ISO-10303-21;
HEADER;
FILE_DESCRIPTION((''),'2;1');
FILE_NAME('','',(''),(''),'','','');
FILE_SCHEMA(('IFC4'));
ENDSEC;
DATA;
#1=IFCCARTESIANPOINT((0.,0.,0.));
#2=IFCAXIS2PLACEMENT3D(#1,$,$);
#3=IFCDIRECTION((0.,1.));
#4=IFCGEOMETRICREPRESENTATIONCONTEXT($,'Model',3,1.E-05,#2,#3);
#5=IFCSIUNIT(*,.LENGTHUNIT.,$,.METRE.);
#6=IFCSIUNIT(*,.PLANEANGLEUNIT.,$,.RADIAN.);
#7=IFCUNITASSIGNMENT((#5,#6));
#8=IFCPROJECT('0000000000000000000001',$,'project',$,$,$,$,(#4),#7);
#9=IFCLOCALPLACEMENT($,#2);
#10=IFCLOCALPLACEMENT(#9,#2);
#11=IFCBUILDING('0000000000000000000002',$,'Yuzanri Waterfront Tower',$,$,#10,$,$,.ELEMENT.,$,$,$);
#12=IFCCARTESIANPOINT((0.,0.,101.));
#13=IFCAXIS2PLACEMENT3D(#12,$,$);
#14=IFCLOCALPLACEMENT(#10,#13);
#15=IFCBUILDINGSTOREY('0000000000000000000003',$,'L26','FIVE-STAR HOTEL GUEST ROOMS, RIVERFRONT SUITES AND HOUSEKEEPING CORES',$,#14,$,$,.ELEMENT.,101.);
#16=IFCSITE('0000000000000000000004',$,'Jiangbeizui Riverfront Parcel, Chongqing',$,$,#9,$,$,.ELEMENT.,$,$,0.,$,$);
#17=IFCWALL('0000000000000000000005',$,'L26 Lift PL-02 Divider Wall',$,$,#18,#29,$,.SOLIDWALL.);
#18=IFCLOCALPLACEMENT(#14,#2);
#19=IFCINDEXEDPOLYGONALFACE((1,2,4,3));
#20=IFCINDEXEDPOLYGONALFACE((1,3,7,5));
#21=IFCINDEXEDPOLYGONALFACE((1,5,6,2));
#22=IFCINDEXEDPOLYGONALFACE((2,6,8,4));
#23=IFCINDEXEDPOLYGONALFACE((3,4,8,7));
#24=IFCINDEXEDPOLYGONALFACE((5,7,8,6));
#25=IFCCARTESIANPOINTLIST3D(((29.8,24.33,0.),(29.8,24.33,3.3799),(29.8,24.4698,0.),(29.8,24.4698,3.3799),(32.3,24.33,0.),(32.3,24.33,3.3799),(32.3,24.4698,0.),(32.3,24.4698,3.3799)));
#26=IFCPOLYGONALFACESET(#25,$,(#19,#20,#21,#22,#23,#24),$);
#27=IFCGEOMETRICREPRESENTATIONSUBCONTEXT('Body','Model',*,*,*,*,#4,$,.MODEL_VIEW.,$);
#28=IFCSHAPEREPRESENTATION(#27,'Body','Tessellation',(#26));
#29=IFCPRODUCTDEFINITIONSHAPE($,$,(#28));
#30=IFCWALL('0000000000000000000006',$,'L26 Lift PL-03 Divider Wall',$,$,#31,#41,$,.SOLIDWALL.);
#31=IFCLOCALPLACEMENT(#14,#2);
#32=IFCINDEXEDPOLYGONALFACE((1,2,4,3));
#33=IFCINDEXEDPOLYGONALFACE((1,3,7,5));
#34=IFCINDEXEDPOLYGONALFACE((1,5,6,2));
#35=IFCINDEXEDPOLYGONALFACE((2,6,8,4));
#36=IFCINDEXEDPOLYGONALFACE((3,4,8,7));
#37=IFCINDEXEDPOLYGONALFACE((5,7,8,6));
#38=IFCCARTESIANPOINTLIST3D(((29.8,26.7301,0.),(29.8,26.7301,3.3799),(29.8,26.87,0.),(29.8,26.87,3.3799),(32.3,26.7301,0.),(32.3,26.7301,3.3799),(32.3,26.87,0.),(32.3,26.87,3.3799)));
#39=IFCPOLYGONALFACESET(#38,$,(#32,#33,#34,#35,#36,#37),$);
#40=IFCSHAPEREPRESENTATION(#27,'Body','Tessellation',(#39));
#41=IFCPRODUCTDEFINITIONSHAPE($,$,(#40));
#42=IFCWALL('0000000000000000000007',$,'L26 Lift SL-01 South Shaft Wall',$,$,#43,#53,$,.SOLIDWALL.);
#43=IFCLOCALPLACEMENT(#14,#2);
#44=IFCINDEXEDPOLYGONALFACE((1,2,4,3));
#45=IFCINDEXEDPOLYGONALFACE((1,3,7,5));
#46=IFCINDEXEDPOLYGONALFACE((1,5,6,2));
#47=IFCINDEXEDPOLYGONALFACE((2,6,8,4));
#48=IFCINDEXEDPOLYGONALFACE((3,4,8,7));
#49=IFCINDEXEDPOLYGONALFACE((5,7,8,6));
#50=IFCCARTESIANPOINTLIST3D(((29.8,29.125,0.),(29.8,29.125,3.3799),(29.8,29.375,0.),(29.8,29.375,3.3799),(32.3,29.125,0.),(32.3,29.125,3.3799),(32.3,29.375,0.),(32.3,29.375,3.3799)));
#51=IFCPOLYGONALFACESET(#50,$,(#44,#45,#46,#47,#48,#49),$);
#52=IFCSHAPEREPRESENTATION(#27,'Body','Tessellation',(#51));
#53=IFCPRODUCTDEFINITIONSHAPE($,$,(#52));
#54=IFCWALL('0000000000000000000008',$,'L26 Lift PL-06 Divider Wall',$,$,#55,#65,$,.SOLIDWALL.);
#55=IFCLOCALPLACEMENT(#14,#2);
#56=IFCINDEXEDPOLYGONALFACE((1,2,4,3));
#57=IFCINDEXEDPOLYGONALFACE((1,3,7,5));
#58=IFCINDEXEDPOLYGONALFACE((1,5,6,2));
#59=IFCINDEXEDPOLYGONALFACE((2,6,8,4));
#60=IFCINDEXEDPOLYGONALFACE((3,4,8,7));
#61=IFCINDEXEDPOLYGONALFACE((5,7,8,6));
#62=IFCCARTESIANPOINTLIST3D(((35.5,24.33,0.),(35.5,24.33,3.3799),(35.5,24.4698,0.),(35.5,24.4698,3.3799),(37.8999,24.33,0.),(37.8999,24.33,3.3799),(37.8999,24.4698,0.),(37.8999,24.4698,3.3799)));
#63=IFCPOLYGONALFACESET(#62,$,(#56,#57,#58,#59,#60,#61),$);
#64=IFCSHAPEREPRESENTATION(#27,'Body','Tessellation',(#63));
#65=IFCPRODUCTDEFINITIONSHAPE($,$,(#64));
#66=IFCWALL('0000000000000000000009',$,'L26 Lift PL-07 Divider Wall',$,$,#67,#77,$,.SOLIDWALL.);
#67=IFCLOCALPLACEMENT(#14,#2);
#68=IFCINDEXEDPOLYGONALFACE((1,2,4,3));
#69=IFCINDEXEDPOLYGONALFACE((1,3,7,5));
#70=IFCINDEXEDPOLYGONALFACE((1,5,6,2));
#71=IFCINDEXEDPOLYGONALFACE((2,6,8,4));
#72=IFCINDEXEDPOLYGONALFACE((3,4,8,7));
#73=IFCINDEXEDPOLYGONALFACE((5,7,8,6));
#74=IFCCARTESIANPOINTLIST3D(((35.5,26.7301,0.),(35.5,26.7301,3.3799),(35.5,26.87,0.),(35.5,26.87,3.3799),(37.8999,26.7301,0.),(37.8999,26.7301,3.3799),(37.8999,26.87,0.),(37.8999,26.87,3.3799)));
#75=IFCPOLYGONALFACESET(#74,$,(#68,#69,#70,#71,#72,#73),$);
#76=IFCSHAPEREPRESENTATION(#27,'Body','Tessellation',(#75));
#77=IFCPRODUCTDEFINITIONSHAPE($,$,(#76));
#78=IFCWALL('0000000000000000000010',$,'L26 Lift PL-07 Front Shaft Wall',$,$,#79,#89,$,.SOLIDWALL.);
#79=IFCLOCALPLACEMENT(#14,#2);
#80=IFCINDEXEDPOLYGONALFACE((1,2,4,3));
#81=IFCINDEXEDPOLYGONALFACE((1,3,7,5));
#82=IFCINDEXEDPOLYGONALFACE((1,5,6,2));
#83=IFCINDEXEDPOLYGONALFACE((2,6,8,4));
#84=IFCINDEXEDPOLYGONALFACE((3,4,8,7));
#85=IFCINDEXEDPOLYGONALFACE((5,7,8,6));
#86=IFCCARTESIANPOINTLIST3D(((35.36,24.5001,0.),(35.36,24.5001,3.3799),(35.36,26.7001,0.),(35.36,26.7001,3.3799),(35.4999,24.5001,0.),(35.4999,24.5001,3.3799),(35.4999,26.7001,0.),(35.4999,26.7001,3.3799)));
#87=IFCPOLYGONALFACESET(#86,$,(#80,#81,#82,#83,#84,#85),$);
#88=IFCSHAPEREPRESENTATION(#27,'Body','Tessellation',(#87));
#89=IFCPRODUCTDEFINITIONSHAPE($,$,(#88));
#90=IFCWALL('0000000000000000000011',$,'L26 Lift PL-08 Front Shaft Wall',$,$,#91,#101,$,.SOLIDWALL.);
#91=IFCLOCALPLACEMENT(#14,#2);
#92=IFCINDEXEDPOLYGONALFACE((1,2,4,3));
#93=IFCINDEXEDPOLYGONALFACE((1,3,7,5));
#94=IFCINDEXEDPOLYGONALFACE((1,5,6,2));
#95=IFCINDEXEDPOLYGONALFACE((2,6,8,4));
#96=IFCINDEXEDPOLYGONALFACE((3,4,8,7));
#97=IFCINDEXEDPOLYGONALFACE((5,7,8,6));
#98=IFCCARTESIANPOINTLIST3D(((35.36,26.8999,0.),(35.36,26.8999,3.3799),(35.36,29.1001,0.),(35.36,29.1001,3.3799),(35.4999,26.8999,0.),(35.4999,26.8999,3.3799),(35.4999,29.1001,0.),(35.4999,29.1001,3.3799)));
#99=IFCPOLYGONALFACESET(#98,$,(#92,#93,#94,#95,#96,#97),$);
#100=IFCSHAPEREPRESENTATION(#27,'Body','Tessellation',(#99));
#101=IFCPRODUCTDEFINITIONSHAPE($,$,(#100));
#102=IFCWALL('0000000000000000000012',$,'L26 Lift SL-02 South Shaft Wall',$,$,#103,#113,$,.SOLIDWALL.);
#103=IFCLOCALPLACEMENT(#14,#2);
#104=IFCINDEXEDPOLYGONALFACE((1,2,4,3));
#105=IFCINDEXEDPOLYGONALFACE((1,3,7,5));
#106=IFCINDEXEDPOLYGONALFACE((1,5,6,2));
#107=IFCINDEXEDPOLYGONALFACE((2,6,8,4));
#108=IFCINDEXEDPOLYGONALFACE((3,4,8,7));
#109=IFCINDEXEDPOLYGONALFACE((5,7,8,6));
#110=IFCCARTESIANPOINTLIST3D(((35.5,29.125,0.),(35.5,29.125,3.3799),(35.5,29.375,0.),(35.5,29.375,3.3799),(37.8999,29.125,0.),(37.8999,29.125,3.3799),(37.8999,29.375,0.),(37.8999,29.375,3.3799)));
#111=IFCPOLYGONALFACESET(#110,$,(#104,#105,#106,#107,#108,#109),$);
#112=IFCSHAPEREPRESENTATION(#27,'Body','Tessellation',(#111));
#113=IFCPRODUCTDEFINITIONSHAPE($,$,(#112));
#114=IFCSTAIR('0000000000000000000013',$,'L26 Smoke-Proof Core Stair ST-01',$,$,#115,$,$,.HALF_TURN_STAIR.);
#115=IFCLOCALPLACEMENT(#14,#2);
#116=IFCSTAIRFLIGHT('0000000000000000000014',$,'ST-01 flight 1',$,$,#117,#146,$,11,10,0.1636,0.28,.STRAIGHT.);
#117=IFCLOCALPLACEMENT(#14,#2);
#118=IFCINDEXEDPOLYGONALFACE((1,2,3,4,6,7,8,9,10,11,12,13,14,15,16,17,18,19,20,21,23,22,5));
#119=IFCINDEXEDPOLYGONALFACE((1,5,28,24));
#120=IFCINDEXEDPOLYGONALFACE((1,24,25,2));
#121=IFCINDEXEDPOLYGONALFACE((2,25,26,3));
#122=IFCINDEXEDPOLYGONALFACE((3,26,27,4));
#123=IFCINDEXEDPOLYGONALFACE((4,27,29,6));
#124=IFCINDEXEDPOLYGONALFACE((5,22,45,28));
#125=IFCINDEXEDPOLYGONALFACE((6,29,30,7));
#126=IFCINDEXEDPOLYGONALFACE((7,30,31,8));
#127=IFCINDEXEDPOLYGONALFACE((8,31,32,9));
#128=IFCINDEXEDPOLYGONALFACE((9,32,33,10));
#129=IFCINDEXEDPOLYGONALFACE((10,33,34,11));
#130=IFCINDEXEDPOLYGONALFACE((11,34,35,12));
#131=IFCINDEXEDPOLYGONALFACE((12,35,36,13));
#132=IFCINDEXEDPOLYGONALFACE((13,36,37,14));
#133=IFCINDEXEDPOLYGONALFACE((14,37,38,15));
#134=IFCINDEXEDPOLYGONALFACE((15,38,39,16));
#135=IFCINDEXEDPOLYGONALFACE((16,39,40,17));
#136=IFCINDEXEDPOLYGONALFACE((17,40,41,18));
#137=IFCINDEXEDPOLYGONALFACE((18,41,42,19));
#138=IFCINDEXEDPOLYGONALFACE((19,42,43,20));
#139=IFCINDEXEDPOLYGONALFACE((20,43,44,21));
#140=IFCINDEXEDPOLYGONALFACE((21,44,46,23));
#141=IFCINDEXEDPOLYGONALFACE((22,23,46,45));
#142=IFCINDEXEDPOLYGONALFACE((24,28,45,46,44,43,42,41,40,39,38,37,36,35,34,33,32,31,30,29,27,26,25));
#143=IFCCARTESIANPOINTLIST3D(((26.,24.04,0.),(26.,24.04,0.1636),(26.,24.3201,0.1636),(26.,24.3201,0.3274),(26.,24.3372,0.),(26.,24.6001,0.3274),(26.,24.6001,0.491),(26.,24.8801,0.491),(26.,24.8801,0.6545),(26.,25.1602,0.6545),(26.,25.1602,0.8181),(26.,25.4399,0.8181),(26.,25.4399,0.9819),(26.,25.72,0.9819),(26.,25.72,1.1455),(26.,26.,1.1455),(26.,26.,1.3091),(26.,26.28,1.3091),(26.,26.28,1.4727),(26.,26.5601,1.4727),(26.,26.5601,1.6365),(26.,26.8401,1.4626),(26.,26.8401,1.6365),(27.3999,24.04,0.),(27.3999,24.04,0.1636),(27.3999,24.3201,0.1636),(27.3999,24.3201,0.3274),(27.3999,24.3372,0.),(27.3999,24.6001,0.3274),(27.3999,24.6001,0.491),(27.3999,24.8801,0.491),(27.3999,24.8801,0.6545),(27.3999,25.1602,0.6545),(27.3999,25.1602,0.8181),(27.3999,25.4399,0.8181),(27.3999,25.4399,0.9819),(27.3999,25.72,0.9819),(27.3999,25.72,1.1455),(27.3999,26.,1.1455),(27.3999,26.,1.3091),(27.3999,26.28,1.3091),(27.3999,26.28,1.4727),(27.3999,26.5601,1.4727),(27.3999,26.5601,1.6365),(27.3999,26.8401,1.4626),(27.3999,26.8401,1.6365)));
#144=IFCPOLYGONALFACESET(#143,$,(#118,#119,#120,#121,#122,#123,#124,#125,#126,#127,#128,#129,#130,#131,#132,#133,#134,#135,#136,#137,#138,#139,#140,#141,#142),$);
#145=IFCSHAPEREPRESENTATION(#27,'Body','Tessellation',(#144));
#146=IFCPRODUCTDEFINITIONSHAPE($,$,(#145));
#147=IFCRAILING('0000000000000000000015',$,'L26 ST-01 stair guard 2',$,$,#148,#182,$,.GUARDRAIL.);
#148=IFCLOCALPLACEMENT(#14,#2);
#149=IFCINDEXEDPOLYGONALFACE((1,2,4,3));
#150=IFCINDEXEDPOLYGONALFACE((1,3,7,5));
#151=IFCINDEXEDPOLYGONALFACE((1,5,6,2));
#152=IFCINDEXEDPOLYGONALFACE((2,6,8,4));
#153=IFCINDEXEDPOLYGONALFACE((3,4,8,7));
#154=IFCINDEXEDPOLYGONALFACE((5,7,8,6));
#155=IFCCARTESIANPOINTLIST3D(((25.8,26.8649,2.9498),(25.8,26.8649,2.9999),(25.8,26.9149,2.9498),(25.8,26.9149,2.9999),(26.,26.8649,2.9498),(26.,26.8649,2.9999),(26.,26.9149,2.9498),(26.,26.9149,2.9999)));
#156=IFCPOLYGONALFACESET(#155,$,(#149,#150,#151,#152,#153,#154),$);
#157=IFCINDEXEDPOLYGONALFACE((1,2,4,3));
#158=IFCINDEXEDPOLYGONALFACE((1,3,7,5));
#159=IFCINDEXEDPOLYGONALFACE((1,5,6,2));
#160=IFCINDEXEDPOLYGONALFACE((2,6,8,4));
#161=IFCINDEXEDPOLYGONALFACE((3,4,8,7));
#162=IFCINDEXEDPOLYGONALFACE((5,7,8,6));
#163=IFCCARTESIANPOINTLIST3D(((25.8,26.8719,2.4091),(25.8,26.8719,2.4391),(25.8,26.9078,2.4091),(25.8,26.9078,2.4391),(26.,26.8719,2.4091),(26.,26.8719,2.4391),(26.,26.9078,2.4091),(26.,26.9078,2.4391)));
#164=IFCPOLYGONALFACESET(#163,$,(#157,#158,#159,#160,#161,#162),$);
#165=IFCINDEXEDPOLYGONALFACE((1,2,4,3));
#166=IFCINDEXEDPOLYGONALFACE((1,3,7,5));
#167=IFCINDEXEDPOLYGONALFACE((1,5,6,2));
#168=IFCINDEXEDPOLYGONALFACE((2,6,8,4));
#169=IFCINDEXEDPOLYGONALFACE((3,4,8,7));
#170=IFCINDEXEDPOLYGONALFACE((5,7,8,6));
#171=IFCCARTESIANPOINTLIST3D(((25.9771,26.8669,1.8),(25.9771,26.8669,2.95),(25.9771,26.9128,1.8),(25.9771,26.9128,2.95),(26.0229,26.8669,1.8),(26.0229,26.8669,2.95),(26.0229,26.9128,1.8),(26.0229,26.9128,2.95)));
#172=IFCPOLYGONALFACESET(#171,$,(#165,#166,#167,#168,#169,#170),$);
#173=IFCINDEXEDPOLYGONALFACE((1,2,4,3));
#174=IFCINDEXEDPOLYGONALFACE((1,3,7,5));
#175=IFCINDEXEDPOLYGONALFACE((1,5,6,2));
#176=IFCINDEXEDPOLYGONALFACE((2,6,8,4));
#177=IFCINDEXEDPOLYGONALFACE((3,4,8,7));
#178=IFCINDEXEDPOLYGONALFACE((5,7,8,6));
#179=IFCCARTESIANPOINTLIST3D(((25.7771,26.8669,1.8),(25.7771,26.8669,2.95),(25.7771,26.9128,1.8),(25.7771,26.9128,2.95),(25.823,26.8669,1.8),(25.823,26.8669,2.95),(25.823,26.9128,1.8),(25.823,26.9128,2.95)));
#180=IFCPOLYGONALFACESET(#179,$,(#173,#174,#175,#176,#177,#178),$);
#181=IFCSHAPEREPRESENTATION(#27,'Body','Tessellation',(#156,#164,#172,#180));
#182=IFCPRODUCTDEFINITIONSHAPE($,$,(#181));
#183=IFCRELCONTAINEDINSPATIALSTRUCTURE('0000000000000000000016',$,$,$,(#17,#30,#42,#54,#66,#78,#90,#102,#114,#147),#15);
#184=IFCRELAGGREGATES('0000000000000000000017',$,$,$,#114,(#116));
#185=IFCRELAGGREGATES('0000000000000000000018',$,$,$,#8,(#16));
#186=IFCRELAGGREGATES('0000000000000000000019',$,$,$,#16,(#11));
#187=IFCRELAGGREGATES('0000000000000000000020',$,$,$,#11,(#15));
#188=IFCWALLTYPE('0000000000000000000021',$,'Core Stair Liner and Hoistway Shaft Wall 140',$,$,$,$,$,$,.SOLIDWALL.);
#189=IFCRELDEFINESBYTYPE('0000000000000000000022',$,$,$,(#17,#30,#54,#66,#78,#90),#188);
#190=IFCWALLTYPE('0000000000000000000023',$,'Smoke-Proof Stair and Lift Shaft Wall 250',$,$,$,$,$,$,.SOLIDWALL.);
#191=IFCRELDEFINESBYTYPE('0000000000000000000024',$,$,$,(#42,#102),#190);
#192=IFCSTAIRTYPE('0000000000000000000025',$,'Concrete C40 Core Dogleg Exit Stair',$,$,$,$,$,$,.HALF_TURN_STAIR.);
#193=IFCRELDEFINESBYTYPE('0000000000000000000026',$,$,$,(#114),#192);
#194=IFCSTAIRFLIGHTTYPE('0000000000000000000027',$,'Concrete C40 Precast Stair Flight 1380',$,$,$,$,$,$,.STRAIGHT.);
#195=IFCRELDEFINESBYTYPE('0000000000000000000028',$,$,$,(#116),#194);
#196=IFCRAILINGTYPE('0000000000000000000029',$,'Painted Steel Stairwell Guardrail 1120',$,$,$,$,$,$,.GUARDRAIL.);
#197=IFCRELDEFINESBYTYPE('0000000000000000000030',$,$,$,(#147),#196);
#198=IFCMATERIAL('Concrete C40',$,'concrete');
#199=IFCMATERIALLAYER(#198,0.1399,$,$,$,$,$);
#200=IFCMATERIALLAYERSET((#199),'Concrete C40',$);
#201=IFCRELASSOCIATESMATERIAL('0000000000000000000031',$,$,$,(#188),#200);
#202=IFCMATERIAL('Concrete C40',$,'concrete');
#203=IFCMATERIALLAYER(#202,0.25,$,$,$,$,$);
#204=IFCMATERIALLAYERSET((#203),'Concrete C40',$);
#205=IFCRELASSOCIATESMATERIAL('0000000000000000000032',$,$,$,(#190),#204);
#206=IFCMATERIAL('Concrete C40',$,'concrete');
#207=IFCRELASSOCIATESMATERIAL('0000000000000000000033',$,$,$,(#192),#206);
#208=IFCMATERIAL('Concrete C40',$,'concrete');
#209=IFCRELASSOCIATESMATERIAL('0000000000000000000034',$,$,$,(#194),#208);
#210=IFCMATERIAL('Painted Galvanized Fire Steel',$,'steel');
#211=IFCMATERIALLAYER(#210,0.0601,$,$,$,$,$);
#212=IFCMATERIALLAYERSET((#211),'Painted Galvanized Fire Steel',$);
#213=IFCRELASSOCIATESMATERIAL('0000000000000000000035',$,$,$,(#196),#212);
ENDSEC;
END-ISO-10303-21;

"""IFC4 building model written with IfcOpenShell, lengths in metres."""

from ifc_helpers import new_model, si_unit, direction, frame, frame_2d, origin, origin_2d, place, context, subcontext, project, spatial, polyline, rectangle, outline, extrude, source, transform, mapped, material, layer, layer_set, type_object, element, aggregate, save


model = new_model("IFC4")

# Units and contexts
model_context = context("Model", 3, precision=1e-05, world=origin(), true_north=direction((0.0, 1.0)))
body_context = subcontext(model_context, "Body", "Model", "MODEL_VIEW")
ifc_project = project(units=[si_unit("LENGTHUNIT", "METRE"), si_unit("PLANEANGLEUNIT", "RADIAN")], contexts=[model_context])

# Site, building, storey
site_placement = place(None, origin())
site = spatial("IfcSite", under=ifc_project, at=site_placement, Name="Jiangbeizui Riverfront Parcel, Chongqing", CompositionType="ELEMENT", RefElevation=0.0)
building_placement = place(site_placement, origin())
building = spatial("IfcBuilding", under=site, at=building_placement, Name="Yuzanri Waterfront Tower", CompositionType="ELEMENT")
storey_placement = place(building_placement, frame((0.0, 0.0, 101.0)))
storey = spatial("IfcBuildingStorey", under=building, at=storey_placement, Name="L26", Description="FIVE-STAR HOTEL GUEST ROOMS, RIVERFRONT SUITES AND HOUSEKEEPING CORES", CompositionType="ELEMENT", Elevation=101.0)

# Shared definitions
ifc_material_1 = material(Name="Concrete C40", Category="concrete")
ifc_layer_1 = layer(ifc_material_1, 0.1399)
ifc_layer_set_1 = layer_set([ifc_layer_1], Name="Concrete C40")
wall_type_1 = type_object("IfcWallType", Name="Core Stair Liner and Hoistway Shaft Wall 140", PredefinedType="SOLIDWALL", material=ifc_layer_set_1)

# Walls
shared_shape_1 = source(origin(), body_context, "Body", "SweptSolid", [
    extrude(rectangle(XDim=2.5, YDim=0.1399, at=frame_2d((1.25, 0.0))), origin(), (0.0, 0.0, 1.0), 3.3799),
])
for number, where, z_axis, x_axis, name in (
    (1, (29.8, 24.3999, 0.0), (0.0, 0.0, 1.0), (1.0, 0.0, 0.0), "L26 Lift PL-02 Divider Wall"),
    (2, (29.8, 26.8, 0.0), (0.0, 0.0, 1.0), (1.0, 0.0, 0.0), "L26 Lift PL-03 Divider Wall"),
):
    element("IfcWall", number, at=place(storey_placement, frame(where, z_axis=z_axis, x_axis=x_axis)), inside=storey, type_object=wall_type_1, Name=name, PredefinedType="SOLIDWALL", context=body_context, shape_type="MappedRepresentation", body=[
        mapped(shared_shape_1, transform((0.0, 0.0, 0.0), scale=1.0)),
    ])
ifc_material_2 = material(Name="Concrete C40", Category="concrete")
ifc_layer_2 = layer(ifc_material_2, 0.25)
ifc_layer_set_2 = layer_set([ifc_layer_2], Name="Concrete C40")
wall_type_2 = type_object("IfcWallType", Name="Smoke-Proof Stair and Lift Shaft Wall 250", PredefinedType="SOLIDWALL", material=ifc_layer_set_2)
shared_shape_2 = source(origin(), body_context, "Body", "SweptSolid", [
    extrude(rectangle(XDim=2.5, YDim=0.25, at=frame_2d((1.25, 0.0))), origin(), (0.0, 0.0, 1.0), 3.3799),
])
wall_1_placement = place(storey_placement, frame((29.8, 29.25, 0.0), z_axis=(0.0, 0.0, 1.0), x_axis=(1.0, 0.0, 0.0)))
element("IfcWall", 3, at=wall_1_placement, inside=storey, type_object=wall_type_2, Name="L26 Lift SL-01 South Shaft Wall", PredefinedType="SOLIDWALL", context=body_context, shape_type="MappedRepresentation", body=[
    mapped(shared_shape_2, transform((0.0, 0.0, 0.0), scale=1.0)),
])
shared_shape_3 = source(origin(), body_context, "Body", "SweptSolid", [
    extrude(rectangle(XDim=2.3999, YDim=0.1399, at=frame_2d((1.2, 0.0))), origin(), (0.0, 0.0, 1.0), 3.3799),
])
for number, where, z_axis, x_axis, name in (
    (4, (35.5, 24.3999, 0.0), (0.0, 0.0, 1.0), (1.0, 0.0, 0.0), "L26 Lift PL-06 Divider Wall"),
    (5, (35.5, 26.8, 0.0), (0.0, 0.0, 1.0), (1.0, 0.0, 0.0), "L26 Lift PL-07 Divider Wall"),
):
    element("IfcWall", number, at=place(storey_placement, frame(where, z_axis=z_axis, x_axis=x_axis)), inside=storey, type_object=wall_type_1, Name=name, PredefinedType="SOLIDWALL", context=body_context, shape_type="MappedRepresentation", body=[
        mapped(shared_shape_3, transform((0.0, 0.0, 0.0), scale=1.0)),
    ])
shared_shape_4 = source(origin(), body_context, "Body", "SweptSolid", [
    extrude(rectangle(XDim=2.2, YDim=0.1399, at=frame_2d((1.1001, 0.0))), origin(), (0.0, 0.0, 1.0), 3.3799),
])
wall_2_placement = place(storey_placement, frame((35.4299, 24.5, 0.0), z_axis=(0.0, 0.0, 1.0), x_axis=(0.0, 1.0, 0.0)))
element("IfcWall", 6, at=wall_2_placement, inside=storey, type_object=wall_type_1, Name="L26 Lift PL-07 Front Shaft Wall", PredefinedType="SOLIDWALL", context=body_context, shape_type="MappedRepresentation", body=[
    mapped(shared_shape_4, transform((0.0, 0.0, 0.0), scale=1.0)),
])
shared_shape_5 = source(origin(), body_context, "Body", "SweptSolid", [
    extrude(rectangle(XDim=2.2002, YDim=0.1399, at=frame_2d((1.1001, 0.0))), origin(), (0.0, 0.0, 1.0), 3.3799),
])
wall_3_placement = place(storey_placement, frame((35.4299, 26.8999, 0.0), z_axis=(0.0, 0.0, 1.0), x_axis=(0.0, 1.0, 0.0)))
element("IfcWall", 7, at=wall_3_placement, inside=storey, type_object=wall_type_1, Name="L26 Lift PL-08 Front Shaft Wall", PredefinedType="SOLIDWALL", context=body_context, shape_type="MappedRepresentation", body=[
    mapped(shared_shape_5, transform((0.0, 0.0, 0.0), scale=1.0)),
])
shared_shape_6 = source(origin(), body_context, "Body", "SweptSolid", [
    extrude(rectangle(XDim=2.3999, YDim=0.25, at=frame_2d((1.2, 0.0))), origin(), (0.0, 0.0, 1.0), 3.3799),
])
wall_4_placement = place(storey_placement, frame((35.5, 29.25, 0.0), z_axis=(0.0, 0.0, 1.0), x_axis=(1.0, 0.0, 0.0)))
element("IfcWall", 8, at=wall_4_placement, inside=storey, type_object=wall_type_2, Name="L26 Lift SL-02 South Shaft Wall", PredefinedType="SOLIDWALL", context=body_context, shape_type="MappedRepresentation", body=[
    mapped(shared_shape_6, transform((0.0, 0.0, 0.0), scale=1.0)),
])

# Stair, stair flight
ifc_material_3 = material(Name="Concrete C40", Category="concrete")
stair_type = type_object("IfcStairType", Name="Concrete C40 Core Dogleg Exit Stair", PredefinedType="HALF_TURN_STAIR", material=ifc_material_3)
stair_placement = place(storey_placement, origin())
stair = element("IfcStair", 9, at=stair_placement, inside=storey, type_object=stair_type, Name="L26 Smoke-Proof Core Stair ST-01", PredefinedType="HALF_TURN_STAIR")
ifc_material_4 = material(Name="Concrete C40", Category="concrete")
stair_flight_type = type_object("IfcStairFlightType", Name="Concrete C40 Precast Stair Flight 1380", PredefinedType="STRAIGHT", material=ifc_material_4)
shared_shape_7 = source(origin(), body_context, "Body", "SweptSolid", [
    extrude(outline(polyline([(0.0, 0.0), (0.0, 0.1636), (0.28, 0.1636), (0.28, 0.3274), (0.5601, 0.3274), (0.5601, 0.491), (0.8401, 0.491), (0.8401, 0.6545), (1.1201, 0.6545), (1.1201, 0.8181), (1.3999, 0.8181), (1.3999, 0.9819), (1.6799, 0.9819), (1.6799, 1.1455), (1.96, 1.1455), (1.96, 1.3091), (2.24, 1.3091), (2.24, 1.4727), (2.52, 1.4727), (2.52, 1.6365), (2.8, 1.6365), (2.8, 1.8), (2.8, 1.4626), (0.2971, 0.0), (0.0, 0.0)])), frame((0.0, 0.7, 0.0), z_axis=(0.0, -1.0, 0.0), x_axis=(1.0, 0.0, 0.0)), (0.0, 0.0, 1.0), 1.3999),
])
stair_flight_placement = place(storey_placement, frame((26.7, 24.04, 0.0), z_axis=(0.0, 0.0, 1.0), x_axis=(0.0, 1.0, 0.0)))
stair_flight = element("IfcStairFlight", 10, at=stair_flight_placement, type_object=stair_flight_type, Name="ST-01 flight 1", NumberOfRisers=11, NumberOfTreads=10, PredefinedType="STRAIGHT", RiserHeight=0.1636, TreadLength=0.28, context=body_context, shape_type="MappedRepresentation", body=[
    mapped(shared_shape_7, transform((0.0, 0.0, 0.0), scale=1.0)),
])
aggregate(stair, [stair_flight])

# Railing
ifc_material_5 = material(Name="Painted Galvanized Fire Steel", Category="steel")
ifc_layer_3 = layer(ifc_material_5, 0.0601)
ifc_layer_set_3 = layer_set([ifc_layer_3], Name="Painted Galvanized Fire Steel")
railing_type_1 = type_object("IfcRailingType", Name="Painted Steel Stairwell Guardrail 1120", PredefinedType="GUARDRAIL", material=ifc_layer_set_3)
shared_shape_8 = source(origin(), body_context, "Body", "SweptSolid", [
    extrude(rectangle(XDim=0.05, YDim=0.05, at=origin_2d()), frame((0.0, 0.0, 1.1748), z_axis=(-1.0, 0.0, 0.0), x_axis=(0.0, -1.0, 0.0)), (0.0, 0.0, 1.0), 0.2),
    extrude(rectangle(XDim=0.0359, YDim=0.03, at=origin_2d()), frame((0.0, 0.0, 0.624), z_axis=(-1.0, 0.0, 0.0), x_axis=(0.0, -1.0, 0.0)), (0.0, 0.0, 1.0), 0.2),
    extrude(rectangle(XDim=0.0459, YDim=0.0459, at=origin_2d()), origin(), (0.0, 0.0, 1.0), 1.1499),
    extrude(rectangle(XDim=0.0459, YDim=0.0459, at=origin_2d()), frame((-0.2, 0.0, 0.0)), (0.0, 0.0, 1.0), 1.1499),
])
for number, where, name in (
    (11, (26.0, 26.8899, 1.8), "L26 ST-01 stair guard 2"),
):
    element("IfcRailing", number, at=place(storey_placement, frame(where)), inside=storey, type_object=railing_type_1, Name=name, PredefinedType="GUARDRAIL", context=body_context, shape_type="MappedRepresentation", body=[
        mapped(shared_shape_8, transform((0.0, 0.0, 0.0), scale=1.0)),
    ])

save(model, "model.ifc")
